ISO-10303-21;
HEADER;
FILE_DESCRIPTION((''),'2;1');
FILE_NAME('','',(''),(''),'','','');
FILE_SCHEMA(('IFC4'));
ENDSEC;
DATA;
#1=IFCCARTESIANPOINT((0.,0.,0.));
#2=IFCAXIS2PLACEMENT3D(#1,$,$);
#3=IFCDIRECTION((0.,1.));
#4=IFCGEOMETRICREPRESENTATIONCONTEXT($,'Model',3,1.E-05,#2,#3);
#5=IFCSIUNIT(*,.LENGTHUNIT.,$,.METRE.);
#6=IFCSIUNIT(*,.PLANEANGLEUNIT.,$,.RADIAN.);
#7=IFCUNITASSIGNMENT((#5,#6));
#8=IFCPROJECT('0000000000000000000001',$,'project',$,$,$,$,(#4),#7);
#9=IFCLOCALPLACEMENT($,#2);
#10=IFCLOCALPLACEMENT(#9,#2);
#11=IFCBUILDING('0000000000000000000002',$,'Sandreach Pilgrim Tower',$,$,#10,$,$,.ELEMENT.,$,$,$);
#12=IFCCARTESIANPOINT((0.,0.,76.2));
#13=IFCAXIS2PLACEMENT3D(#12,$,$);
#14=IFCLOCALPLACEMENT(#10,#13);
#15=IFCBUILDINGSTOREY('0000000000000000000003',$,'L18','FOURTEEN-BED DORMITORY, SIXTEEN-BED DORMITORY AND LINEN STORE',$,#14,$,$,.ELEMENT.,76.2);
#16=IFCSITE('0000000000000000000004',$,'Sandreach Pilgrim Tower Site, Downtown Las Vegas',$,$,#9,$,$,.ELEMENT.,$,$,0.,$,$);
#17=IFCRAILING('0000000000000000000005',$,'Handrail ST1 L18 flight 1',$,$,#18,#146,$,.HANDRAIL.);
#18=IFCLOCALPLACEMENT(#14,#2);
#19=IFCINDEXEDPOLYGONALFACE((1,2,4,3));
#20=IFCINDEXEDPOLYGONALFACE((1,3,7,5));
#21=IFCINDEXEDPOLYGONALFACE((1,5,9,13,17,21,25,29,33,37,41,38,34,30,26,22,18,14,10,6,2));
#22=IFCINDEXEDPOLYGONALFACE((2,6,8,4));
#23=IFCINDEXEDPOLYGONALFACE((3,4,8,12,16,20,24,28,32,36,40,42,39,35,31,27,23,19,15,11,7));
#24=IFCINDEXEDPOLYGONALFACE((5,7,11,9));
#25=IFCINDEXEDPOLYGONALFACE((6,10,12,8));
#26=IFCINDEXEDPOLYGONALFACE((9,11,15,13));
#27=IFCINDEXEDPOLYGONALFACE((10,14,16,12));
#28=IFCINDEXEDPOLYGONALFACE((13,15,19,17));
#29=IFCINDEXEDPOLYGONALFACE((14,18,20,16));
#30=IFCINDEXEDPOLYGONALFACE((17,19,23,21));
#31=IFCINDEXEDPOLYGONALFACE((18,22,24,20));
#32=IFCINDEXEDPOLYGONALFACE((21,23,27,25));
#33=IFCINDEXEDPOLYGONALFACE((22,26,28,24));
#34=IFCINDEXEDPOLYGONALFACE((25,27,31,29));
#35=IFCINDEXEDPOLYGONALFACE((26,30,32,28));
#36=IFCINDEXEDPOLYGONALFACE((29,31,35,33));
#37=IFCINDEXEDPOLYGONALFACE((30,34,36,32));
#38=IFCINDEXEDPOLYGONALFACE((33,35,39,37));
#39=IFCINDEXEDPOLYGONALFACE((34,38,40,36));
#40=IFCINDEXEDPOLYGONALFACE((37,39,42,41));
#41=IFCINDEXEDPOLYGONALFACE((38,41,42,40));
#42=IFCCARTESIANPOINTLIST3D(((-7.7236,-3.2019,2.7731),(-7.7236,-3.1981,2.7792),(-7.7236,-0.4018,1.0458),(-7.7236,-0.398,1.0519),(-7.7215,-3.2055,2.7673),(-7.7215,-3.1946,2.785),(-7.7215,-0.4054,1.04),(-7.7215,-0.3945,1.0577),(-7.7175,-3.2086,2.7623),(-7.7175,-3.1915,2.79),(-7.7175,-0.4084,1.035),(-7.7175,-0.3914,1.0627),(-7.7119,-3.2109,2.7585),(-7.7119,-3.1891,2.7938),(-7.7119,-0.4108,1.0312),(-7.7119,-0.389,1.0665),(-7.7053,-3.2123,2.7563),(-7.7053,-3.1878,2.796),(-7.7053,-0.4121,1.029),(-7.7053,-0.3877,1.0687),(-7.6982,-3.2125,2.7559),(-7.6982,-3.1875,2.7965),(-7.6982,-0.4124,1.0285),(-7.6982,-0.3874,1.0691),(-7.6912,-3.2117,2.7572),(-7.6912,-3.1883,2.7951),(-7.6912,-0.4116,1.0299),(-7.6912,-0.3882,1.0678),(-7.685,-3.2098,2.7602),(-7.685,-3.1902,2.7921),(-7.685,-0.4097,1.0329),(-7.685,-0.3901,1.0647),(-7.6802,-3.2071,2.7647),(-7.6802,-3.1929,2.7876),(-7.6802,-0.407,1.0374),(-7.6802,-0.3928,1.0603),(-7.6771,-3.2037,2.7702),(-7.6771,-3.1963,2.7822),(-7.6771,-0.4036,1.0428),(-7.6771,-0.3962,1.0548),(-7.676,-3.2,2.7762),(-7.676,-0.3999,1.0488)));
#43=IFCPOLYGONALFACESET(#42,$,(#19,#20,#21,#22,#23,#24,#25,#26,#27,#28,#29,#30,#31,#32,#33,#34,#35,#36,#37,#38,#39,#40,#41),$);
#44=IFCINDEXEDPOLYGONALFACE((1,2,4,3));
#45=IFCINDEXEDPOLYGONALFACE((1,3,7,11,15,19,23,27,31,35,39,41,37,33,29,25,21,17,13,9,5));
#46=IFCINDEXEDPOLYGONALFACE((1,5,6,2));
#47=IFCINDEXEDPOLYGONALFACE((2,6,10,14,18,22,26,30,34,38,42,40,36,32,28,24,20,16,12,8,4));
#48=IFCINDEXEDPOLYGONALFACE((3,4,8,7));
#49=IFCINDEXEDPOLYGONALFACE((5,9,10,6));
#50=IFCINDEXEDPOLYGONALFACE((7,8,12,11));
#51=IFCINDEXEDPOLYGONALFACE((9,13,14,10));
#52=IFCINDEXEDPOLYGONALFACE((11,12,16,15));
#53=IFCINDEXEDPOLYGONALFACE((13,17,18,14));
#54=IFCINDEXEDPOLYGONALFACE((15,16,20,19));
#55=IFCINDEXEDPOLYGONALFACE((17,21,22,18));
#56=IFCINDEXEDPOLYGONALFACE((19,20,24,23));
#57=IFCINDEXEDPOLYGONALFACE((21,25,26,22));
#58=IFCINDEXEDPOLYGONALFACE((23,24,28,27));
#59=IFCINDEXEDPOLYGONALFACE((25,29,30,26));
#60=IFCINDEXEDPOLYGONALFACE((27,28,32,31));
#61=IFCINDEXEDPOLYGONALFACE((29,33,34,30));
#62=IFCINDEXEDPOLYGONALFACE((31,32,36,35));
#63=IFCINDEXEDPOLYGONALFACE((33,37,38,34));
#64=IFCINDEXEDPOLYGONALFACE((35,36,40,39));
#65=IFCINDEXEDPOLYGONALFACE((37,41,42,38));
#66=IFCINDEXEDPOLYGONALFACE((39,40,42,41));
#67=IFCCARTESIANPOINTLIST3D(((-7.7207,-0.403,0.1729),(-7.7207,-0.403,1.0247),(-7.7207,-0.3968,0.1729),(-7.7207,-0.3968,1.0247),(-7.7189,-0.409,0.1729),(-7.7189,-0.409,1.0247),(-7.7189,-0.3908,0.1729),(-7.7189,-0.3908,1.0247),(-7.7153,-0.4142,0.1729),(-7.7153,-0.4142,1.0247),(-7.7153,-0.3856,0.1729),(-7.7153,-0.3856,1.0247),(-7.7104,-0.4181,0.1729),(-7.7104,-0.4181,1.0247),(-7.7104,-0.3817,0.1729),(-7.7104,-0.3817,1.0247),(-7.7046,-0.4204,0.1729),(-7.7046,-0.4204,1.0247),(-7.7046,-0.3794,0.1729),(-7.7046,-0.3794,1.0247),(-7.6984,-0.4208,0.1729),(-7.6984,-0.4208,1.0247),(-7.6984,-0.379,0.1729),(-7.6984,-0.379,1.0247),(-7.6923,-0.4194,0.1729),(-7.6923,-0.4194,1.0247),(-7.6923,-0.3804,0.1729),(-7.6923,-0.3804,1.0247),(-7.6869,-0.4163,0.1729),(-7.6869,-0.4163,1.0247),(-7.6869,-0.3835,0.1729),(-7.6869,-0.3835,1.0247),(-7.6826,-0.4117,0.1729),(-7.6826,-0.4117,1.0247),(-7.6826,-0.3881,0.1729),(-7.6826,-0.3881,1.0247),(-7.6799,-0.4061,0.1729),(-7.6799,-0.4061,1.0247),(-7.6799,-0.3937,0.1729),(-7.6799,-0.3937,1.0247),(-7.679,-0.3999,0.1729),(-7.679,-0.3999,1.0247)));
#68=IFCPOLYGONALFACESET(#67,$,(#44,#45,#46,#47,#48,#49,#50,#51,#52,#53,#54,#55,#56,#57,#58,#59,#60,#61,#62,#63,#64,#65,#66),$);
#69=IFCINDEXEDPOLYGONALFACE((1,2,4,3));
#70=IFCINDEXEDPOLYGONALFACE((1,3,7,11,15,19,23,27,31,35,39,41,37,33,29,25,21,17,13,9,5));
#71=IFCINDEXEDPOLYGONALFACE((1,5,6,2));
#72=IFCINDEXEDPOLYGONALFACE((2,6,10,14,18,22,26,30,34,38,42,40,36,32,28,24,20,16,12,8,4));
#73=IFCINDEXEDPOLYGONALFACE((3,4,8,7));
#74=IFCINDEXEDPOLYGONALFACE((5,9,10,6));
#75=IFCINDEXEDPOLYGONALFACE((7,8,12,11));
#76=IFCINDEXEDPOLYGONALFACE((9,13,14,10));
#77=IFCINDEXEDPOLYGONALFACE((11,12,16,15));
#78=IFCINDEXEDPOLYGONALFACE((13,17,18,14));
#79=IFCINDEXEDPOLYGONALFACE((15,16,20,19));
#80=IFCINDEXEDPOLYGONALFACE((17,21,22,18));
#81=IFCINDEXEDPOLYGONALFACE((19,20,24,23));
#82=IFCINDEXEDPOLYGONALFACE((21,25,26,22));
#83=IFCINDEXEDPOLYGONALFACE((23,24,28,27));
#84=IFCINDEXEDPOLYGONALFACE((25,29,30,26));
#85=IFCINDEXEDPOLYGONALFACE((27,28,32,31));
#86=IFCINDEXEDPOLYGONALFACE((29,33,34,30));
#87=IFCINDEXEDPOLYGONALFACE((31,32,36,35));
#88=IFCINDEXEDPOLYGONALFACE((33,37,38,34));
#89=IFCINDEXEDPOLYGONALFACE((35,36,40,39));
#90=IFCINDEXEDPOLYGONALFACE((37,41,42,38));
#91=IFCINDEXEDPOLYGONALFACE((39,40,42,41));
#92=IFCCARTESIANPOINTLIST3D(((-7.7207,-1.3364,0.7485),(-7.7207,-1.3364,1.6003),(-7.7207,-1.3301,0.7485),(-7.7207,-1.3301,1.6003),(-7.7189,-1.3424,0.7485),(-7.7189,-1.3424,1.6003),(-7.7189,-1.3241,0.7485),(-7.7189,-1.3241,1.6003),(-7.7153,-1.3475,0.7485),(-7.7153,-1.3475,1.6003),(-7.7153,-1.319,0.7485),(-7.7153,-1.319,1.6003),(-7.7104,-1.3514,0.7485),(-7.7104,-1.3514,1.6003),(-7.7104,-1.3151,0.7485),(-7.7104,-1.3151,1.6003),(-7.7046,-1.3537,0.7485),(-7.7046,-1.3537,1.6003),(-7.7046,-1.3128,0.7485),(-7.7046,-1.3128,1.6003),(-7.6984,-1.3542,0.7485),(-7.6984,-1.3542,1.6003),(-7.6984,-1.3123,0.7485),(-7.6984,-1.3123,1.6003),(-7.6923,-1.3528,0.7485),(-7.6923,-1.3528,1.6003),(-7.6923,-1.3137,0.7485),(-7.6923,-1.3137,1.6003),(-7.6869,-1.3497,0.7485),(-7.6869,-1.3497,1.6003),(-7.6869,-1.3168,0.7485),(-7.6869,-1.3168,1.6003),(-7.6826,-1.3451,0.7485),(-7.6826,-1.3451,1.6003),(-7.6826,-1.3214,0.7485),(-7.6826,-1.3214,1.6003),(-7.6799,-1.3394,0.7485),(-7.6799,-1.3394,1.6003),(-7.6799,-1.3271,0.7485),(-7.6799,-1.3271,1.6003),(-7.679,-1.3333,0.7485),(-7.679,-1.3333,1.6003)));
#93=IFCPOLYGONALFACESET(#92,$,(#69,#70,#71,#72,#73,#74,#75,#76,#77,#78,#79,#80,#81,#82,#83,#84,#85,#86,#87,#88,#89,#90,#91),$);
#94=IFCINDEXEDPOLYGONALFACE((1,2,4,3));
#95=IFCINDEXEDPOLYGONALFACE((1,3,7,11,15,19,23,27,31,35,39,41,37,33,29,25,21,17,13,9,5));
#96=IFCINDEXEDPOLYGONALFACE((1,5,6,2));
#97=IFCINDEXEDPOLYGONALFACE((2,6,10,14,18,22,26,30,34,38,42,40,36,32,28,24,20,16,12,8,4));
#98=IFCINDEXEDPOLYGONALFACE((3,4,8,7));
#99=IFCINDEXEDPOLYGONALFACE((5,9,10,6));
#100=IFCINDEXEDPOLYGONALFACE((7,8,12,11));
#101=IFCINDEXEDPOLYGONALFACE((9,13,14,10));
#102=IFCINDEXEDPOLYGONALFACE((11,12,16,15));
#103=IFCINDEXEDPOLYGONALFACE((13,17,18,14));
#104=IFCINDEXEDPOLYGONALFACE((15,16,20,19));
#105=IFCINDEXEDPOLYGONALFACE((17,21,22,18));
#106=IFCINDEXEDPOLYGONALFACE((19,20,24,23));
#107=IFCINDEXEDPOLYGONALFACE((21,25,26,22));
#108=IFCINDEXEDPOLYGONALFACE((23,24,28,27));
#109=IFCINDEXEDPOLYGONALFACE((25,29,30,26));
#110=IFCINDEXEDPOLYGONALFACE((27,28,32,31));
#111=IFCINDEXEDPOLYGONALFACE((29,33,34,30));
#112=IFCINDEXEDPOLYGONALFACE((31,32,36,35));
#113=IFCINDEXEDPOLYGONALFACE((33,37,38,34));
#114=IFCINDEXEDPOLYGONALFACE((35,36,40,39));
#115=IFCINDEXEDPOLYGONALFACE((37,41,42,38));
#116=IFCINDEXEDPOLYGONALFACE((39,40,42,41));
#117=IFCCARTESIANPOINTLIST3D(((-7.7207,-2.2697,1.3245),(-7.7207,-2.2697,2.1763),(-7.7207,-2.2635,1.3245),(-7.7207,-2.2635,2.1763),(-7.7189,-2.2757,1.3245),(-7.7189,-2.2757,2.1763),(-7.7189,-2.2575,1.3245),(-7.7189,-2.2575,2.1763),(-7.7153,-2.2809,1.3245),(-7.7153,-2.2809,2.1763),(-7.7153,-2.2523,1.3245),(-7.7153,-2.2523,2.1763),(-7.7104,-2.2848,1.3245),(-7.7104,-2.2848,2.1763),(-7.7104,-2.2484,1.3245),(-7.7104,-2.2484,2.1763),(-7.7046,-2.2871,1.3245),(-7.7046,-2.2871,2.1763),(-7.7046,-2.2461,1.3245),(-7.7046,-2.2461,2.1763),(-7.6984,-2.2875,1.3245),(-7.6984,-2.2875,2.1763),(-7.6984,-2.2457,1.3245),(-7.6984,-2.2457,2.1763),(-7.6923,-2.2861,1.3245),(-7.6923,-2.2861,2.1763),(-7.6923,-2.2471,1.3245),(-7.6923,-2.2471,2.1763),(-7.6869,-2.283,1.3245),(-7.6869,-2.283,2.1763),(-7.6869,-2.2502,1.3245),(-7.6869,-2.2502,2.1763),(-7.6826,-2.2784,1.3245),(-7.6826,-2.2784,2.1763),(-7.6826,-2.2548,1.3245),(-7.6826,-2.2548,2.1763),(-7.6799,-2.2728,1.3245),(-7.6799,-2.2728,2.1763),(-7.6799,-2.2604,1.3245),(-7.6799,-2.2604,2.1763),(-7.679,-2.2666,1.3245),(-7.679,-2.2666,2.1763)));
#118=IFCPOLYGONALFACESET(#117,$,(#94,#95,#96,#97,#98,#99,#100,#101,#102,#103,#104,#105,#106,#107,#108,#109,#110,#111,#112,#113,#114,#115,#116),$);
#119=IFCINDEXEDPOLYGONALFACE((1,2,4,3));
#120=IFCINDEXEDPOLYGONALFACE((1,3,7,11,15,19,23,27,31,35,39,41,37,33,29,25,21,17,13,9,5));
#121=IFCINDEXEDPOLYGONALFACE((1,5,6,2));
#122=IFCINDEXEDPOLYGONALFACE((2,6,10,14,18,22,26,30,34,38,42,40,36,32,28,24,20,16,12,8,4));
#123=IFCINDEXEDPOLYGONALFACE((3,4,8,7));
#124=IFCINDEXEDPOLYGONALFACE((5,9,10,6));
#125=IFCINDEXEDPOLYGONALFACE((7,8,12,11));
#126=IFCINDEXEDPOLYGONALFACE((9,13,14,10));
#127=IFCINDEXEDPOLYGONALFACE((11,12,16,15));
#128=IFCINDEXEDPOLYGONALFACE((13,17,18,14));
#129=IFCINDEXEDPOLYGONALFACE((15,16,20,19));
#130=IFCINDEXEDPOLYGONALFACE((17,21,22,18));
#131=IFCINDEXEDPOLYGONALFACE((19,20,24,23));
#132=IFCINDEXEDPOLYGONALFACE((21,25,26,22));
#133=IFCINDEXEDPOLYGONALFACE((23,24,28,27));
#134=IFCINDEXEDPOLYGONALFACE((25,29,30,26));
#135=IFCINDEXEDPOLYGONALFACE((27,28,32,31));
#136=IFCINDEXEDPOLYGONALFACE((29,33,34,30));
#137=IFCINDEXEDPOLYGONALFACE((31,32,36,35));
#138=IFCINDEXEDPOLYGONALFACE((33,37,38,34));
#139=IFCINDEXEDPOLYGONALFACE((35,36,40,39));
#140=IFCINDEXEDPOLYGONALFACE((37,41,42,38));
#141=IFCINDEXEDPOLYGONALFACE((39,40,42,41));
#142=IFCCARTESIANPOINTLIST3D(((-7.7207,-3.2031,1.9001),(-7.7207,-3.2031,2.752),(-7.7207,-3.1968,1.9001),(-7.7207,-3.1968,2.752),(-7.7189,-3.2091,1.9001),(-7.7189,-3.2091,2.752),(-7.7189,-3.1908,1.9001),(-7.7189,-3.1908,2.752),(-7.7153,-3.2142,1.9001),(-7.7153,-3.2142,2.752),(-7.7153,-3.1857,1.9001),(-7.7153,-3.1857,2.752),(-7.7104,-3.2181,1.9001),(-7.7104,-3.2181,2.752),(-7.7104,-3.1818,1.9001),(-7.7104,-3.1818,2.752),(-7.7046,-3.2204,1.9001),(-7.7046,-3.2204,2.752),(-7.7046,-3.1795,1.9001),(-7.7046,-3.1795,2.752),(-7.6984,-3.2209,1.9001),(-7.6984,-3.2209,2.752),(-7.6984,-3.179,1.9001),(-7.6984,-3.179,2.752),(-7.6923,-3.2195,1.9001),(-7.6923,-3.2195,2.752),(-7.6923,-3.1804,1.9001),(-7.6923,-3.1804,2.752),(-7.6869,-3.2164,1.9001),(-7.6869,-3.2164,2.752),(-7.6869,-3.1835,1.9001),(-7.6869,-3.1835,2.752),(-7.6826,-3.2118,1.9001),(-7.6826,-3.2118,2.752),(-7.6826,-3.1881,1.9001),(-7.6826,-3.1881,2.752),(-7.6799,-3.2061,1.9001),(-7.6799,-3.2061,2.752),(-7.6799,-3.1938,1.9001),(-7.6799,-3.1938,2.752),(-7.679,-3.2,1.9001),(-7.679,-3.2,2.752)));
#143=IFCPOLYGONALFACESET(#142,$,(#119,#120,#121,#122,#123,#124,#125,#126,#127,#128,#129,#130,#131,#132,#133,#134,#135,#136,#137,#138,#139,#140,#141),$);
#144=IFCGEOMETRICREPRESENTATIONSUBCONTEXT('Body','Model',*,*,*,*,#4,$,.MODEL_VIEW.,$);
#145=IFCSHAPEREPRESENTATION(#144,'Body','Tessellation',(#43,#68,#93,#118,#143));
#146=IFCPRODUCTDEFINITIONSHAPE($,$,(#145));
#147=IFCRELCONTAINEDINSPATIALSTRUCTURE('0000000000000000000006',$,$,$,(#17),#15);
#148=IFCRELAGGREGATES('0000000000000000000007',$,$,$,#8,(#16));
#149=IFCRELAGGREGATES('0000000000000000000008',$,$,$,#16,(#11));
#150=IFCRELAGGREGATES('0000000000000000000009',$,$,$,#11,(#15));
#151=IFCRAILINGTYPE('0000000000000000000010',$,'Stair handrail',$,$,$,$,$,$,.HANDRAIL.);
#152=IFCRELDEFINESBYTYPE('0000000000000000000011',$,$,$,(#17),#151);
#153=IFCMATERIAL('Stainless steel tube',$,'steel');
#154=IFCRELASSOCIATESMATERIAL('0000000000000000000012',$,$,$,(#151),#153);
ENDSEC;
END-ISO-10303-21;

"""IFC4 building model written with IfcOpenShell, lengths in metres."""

from ifc_helpers import new_model, si_unit, direction, frame, origin, origin_2d, place, context, subcontext, project, spatial, circle, extrude, material, type_object, element, save


model = new_model("IFC4")

# Units and contexts
model_context = context("Model", 3, precision=1e-05, world=origin(), true_north=direction((0.0, 1.0)))
body_context = subcontext(model_context, "Body", "Model", "MODEL_VIEW")
ifc_project = project(units=[si_unit("LENGTHUNIT", "METRE"), si_unit("PLANEANGLEUNIT", "RADIAN")], contexts=[model_context])

# Site, building, storey
site_placement = place(None, origin())
site = spatial("IfcSite", under=ifc_project, at=site_placement, Name="Sandreach Pilgrim Tower Site, Downtown Las Vegas", CompositionType="ELEMENT", RefElevation=0.0)
building_placement = place(site_placement, origin())
building = spatial("IfcBuilding", under=site, at=building_placement, Name="Sandreach Pilgrim Tower", CompositionType="ELEMENT")
storey_placement = place(building_placement, frame((0.0, 0.0, 76.2)))
storey = spatial("IfcBuildingStorey", under=building, at=storey_placement, Name="L18", Description="FOURTEEN-BED DORMITORY, SIXTEEN-BED DORMITORY AND LINEN STORE", CompositionType="ELEMENT", Elevation=76.2)

# Railing
ifc_material_1 = material(Name="Stainless steel tube", Category="steel")
railing_type = type_object("IfcRailingType", Name="Stair handrail", PredefinedType="HANDRAIL", material=ifc_material_1)
for number, where, name in (
    (1, (-7.7, -0.3999, 0.1729), "Handrail ST1 L18 flight 1"),
):
    element("IfcRailing", number, at=place(storey_placement, frame(where)), inside=storey, type_object=railing_type, Name=name, PredefinedType="HANDRAIL", context=body_context, shape_type="SweptSolid", body=[
        extrude(circle(Radius=0.0239, at=origin_2d()), frame((0.0, 0.0, 0.876), z_axis=(0.0, -0.85109, 0.52502), x_axis=(1.0, 0.0, 0.0)), (0.0, 0.0, 1.0), 3.29),
        extrude(circle(Radius=0.021, at=origin_2d()), origin(), (0.0, 0.0, 1.0), 0.8518),
        extrude(circle(Radius=0.021, at=origin_2d()), frame((0.0, -0.9333, 0.5757)), (0.0, 0.0, 1.0), 0.8518),
        extrude(circle(Radius=0.021, at=origin_2d()), frame((0.0, -1.8667, 1.1516)), (0.0, 0.0, 1.0), 0.8518),
        extrude(circle(Radius=0.021, at=origin_2d()), frame((0.0, -2.8, 1.7273)), (0.0, 0.0, 1.0), 0.8518),
    ])

save(model, "model.ifc")
